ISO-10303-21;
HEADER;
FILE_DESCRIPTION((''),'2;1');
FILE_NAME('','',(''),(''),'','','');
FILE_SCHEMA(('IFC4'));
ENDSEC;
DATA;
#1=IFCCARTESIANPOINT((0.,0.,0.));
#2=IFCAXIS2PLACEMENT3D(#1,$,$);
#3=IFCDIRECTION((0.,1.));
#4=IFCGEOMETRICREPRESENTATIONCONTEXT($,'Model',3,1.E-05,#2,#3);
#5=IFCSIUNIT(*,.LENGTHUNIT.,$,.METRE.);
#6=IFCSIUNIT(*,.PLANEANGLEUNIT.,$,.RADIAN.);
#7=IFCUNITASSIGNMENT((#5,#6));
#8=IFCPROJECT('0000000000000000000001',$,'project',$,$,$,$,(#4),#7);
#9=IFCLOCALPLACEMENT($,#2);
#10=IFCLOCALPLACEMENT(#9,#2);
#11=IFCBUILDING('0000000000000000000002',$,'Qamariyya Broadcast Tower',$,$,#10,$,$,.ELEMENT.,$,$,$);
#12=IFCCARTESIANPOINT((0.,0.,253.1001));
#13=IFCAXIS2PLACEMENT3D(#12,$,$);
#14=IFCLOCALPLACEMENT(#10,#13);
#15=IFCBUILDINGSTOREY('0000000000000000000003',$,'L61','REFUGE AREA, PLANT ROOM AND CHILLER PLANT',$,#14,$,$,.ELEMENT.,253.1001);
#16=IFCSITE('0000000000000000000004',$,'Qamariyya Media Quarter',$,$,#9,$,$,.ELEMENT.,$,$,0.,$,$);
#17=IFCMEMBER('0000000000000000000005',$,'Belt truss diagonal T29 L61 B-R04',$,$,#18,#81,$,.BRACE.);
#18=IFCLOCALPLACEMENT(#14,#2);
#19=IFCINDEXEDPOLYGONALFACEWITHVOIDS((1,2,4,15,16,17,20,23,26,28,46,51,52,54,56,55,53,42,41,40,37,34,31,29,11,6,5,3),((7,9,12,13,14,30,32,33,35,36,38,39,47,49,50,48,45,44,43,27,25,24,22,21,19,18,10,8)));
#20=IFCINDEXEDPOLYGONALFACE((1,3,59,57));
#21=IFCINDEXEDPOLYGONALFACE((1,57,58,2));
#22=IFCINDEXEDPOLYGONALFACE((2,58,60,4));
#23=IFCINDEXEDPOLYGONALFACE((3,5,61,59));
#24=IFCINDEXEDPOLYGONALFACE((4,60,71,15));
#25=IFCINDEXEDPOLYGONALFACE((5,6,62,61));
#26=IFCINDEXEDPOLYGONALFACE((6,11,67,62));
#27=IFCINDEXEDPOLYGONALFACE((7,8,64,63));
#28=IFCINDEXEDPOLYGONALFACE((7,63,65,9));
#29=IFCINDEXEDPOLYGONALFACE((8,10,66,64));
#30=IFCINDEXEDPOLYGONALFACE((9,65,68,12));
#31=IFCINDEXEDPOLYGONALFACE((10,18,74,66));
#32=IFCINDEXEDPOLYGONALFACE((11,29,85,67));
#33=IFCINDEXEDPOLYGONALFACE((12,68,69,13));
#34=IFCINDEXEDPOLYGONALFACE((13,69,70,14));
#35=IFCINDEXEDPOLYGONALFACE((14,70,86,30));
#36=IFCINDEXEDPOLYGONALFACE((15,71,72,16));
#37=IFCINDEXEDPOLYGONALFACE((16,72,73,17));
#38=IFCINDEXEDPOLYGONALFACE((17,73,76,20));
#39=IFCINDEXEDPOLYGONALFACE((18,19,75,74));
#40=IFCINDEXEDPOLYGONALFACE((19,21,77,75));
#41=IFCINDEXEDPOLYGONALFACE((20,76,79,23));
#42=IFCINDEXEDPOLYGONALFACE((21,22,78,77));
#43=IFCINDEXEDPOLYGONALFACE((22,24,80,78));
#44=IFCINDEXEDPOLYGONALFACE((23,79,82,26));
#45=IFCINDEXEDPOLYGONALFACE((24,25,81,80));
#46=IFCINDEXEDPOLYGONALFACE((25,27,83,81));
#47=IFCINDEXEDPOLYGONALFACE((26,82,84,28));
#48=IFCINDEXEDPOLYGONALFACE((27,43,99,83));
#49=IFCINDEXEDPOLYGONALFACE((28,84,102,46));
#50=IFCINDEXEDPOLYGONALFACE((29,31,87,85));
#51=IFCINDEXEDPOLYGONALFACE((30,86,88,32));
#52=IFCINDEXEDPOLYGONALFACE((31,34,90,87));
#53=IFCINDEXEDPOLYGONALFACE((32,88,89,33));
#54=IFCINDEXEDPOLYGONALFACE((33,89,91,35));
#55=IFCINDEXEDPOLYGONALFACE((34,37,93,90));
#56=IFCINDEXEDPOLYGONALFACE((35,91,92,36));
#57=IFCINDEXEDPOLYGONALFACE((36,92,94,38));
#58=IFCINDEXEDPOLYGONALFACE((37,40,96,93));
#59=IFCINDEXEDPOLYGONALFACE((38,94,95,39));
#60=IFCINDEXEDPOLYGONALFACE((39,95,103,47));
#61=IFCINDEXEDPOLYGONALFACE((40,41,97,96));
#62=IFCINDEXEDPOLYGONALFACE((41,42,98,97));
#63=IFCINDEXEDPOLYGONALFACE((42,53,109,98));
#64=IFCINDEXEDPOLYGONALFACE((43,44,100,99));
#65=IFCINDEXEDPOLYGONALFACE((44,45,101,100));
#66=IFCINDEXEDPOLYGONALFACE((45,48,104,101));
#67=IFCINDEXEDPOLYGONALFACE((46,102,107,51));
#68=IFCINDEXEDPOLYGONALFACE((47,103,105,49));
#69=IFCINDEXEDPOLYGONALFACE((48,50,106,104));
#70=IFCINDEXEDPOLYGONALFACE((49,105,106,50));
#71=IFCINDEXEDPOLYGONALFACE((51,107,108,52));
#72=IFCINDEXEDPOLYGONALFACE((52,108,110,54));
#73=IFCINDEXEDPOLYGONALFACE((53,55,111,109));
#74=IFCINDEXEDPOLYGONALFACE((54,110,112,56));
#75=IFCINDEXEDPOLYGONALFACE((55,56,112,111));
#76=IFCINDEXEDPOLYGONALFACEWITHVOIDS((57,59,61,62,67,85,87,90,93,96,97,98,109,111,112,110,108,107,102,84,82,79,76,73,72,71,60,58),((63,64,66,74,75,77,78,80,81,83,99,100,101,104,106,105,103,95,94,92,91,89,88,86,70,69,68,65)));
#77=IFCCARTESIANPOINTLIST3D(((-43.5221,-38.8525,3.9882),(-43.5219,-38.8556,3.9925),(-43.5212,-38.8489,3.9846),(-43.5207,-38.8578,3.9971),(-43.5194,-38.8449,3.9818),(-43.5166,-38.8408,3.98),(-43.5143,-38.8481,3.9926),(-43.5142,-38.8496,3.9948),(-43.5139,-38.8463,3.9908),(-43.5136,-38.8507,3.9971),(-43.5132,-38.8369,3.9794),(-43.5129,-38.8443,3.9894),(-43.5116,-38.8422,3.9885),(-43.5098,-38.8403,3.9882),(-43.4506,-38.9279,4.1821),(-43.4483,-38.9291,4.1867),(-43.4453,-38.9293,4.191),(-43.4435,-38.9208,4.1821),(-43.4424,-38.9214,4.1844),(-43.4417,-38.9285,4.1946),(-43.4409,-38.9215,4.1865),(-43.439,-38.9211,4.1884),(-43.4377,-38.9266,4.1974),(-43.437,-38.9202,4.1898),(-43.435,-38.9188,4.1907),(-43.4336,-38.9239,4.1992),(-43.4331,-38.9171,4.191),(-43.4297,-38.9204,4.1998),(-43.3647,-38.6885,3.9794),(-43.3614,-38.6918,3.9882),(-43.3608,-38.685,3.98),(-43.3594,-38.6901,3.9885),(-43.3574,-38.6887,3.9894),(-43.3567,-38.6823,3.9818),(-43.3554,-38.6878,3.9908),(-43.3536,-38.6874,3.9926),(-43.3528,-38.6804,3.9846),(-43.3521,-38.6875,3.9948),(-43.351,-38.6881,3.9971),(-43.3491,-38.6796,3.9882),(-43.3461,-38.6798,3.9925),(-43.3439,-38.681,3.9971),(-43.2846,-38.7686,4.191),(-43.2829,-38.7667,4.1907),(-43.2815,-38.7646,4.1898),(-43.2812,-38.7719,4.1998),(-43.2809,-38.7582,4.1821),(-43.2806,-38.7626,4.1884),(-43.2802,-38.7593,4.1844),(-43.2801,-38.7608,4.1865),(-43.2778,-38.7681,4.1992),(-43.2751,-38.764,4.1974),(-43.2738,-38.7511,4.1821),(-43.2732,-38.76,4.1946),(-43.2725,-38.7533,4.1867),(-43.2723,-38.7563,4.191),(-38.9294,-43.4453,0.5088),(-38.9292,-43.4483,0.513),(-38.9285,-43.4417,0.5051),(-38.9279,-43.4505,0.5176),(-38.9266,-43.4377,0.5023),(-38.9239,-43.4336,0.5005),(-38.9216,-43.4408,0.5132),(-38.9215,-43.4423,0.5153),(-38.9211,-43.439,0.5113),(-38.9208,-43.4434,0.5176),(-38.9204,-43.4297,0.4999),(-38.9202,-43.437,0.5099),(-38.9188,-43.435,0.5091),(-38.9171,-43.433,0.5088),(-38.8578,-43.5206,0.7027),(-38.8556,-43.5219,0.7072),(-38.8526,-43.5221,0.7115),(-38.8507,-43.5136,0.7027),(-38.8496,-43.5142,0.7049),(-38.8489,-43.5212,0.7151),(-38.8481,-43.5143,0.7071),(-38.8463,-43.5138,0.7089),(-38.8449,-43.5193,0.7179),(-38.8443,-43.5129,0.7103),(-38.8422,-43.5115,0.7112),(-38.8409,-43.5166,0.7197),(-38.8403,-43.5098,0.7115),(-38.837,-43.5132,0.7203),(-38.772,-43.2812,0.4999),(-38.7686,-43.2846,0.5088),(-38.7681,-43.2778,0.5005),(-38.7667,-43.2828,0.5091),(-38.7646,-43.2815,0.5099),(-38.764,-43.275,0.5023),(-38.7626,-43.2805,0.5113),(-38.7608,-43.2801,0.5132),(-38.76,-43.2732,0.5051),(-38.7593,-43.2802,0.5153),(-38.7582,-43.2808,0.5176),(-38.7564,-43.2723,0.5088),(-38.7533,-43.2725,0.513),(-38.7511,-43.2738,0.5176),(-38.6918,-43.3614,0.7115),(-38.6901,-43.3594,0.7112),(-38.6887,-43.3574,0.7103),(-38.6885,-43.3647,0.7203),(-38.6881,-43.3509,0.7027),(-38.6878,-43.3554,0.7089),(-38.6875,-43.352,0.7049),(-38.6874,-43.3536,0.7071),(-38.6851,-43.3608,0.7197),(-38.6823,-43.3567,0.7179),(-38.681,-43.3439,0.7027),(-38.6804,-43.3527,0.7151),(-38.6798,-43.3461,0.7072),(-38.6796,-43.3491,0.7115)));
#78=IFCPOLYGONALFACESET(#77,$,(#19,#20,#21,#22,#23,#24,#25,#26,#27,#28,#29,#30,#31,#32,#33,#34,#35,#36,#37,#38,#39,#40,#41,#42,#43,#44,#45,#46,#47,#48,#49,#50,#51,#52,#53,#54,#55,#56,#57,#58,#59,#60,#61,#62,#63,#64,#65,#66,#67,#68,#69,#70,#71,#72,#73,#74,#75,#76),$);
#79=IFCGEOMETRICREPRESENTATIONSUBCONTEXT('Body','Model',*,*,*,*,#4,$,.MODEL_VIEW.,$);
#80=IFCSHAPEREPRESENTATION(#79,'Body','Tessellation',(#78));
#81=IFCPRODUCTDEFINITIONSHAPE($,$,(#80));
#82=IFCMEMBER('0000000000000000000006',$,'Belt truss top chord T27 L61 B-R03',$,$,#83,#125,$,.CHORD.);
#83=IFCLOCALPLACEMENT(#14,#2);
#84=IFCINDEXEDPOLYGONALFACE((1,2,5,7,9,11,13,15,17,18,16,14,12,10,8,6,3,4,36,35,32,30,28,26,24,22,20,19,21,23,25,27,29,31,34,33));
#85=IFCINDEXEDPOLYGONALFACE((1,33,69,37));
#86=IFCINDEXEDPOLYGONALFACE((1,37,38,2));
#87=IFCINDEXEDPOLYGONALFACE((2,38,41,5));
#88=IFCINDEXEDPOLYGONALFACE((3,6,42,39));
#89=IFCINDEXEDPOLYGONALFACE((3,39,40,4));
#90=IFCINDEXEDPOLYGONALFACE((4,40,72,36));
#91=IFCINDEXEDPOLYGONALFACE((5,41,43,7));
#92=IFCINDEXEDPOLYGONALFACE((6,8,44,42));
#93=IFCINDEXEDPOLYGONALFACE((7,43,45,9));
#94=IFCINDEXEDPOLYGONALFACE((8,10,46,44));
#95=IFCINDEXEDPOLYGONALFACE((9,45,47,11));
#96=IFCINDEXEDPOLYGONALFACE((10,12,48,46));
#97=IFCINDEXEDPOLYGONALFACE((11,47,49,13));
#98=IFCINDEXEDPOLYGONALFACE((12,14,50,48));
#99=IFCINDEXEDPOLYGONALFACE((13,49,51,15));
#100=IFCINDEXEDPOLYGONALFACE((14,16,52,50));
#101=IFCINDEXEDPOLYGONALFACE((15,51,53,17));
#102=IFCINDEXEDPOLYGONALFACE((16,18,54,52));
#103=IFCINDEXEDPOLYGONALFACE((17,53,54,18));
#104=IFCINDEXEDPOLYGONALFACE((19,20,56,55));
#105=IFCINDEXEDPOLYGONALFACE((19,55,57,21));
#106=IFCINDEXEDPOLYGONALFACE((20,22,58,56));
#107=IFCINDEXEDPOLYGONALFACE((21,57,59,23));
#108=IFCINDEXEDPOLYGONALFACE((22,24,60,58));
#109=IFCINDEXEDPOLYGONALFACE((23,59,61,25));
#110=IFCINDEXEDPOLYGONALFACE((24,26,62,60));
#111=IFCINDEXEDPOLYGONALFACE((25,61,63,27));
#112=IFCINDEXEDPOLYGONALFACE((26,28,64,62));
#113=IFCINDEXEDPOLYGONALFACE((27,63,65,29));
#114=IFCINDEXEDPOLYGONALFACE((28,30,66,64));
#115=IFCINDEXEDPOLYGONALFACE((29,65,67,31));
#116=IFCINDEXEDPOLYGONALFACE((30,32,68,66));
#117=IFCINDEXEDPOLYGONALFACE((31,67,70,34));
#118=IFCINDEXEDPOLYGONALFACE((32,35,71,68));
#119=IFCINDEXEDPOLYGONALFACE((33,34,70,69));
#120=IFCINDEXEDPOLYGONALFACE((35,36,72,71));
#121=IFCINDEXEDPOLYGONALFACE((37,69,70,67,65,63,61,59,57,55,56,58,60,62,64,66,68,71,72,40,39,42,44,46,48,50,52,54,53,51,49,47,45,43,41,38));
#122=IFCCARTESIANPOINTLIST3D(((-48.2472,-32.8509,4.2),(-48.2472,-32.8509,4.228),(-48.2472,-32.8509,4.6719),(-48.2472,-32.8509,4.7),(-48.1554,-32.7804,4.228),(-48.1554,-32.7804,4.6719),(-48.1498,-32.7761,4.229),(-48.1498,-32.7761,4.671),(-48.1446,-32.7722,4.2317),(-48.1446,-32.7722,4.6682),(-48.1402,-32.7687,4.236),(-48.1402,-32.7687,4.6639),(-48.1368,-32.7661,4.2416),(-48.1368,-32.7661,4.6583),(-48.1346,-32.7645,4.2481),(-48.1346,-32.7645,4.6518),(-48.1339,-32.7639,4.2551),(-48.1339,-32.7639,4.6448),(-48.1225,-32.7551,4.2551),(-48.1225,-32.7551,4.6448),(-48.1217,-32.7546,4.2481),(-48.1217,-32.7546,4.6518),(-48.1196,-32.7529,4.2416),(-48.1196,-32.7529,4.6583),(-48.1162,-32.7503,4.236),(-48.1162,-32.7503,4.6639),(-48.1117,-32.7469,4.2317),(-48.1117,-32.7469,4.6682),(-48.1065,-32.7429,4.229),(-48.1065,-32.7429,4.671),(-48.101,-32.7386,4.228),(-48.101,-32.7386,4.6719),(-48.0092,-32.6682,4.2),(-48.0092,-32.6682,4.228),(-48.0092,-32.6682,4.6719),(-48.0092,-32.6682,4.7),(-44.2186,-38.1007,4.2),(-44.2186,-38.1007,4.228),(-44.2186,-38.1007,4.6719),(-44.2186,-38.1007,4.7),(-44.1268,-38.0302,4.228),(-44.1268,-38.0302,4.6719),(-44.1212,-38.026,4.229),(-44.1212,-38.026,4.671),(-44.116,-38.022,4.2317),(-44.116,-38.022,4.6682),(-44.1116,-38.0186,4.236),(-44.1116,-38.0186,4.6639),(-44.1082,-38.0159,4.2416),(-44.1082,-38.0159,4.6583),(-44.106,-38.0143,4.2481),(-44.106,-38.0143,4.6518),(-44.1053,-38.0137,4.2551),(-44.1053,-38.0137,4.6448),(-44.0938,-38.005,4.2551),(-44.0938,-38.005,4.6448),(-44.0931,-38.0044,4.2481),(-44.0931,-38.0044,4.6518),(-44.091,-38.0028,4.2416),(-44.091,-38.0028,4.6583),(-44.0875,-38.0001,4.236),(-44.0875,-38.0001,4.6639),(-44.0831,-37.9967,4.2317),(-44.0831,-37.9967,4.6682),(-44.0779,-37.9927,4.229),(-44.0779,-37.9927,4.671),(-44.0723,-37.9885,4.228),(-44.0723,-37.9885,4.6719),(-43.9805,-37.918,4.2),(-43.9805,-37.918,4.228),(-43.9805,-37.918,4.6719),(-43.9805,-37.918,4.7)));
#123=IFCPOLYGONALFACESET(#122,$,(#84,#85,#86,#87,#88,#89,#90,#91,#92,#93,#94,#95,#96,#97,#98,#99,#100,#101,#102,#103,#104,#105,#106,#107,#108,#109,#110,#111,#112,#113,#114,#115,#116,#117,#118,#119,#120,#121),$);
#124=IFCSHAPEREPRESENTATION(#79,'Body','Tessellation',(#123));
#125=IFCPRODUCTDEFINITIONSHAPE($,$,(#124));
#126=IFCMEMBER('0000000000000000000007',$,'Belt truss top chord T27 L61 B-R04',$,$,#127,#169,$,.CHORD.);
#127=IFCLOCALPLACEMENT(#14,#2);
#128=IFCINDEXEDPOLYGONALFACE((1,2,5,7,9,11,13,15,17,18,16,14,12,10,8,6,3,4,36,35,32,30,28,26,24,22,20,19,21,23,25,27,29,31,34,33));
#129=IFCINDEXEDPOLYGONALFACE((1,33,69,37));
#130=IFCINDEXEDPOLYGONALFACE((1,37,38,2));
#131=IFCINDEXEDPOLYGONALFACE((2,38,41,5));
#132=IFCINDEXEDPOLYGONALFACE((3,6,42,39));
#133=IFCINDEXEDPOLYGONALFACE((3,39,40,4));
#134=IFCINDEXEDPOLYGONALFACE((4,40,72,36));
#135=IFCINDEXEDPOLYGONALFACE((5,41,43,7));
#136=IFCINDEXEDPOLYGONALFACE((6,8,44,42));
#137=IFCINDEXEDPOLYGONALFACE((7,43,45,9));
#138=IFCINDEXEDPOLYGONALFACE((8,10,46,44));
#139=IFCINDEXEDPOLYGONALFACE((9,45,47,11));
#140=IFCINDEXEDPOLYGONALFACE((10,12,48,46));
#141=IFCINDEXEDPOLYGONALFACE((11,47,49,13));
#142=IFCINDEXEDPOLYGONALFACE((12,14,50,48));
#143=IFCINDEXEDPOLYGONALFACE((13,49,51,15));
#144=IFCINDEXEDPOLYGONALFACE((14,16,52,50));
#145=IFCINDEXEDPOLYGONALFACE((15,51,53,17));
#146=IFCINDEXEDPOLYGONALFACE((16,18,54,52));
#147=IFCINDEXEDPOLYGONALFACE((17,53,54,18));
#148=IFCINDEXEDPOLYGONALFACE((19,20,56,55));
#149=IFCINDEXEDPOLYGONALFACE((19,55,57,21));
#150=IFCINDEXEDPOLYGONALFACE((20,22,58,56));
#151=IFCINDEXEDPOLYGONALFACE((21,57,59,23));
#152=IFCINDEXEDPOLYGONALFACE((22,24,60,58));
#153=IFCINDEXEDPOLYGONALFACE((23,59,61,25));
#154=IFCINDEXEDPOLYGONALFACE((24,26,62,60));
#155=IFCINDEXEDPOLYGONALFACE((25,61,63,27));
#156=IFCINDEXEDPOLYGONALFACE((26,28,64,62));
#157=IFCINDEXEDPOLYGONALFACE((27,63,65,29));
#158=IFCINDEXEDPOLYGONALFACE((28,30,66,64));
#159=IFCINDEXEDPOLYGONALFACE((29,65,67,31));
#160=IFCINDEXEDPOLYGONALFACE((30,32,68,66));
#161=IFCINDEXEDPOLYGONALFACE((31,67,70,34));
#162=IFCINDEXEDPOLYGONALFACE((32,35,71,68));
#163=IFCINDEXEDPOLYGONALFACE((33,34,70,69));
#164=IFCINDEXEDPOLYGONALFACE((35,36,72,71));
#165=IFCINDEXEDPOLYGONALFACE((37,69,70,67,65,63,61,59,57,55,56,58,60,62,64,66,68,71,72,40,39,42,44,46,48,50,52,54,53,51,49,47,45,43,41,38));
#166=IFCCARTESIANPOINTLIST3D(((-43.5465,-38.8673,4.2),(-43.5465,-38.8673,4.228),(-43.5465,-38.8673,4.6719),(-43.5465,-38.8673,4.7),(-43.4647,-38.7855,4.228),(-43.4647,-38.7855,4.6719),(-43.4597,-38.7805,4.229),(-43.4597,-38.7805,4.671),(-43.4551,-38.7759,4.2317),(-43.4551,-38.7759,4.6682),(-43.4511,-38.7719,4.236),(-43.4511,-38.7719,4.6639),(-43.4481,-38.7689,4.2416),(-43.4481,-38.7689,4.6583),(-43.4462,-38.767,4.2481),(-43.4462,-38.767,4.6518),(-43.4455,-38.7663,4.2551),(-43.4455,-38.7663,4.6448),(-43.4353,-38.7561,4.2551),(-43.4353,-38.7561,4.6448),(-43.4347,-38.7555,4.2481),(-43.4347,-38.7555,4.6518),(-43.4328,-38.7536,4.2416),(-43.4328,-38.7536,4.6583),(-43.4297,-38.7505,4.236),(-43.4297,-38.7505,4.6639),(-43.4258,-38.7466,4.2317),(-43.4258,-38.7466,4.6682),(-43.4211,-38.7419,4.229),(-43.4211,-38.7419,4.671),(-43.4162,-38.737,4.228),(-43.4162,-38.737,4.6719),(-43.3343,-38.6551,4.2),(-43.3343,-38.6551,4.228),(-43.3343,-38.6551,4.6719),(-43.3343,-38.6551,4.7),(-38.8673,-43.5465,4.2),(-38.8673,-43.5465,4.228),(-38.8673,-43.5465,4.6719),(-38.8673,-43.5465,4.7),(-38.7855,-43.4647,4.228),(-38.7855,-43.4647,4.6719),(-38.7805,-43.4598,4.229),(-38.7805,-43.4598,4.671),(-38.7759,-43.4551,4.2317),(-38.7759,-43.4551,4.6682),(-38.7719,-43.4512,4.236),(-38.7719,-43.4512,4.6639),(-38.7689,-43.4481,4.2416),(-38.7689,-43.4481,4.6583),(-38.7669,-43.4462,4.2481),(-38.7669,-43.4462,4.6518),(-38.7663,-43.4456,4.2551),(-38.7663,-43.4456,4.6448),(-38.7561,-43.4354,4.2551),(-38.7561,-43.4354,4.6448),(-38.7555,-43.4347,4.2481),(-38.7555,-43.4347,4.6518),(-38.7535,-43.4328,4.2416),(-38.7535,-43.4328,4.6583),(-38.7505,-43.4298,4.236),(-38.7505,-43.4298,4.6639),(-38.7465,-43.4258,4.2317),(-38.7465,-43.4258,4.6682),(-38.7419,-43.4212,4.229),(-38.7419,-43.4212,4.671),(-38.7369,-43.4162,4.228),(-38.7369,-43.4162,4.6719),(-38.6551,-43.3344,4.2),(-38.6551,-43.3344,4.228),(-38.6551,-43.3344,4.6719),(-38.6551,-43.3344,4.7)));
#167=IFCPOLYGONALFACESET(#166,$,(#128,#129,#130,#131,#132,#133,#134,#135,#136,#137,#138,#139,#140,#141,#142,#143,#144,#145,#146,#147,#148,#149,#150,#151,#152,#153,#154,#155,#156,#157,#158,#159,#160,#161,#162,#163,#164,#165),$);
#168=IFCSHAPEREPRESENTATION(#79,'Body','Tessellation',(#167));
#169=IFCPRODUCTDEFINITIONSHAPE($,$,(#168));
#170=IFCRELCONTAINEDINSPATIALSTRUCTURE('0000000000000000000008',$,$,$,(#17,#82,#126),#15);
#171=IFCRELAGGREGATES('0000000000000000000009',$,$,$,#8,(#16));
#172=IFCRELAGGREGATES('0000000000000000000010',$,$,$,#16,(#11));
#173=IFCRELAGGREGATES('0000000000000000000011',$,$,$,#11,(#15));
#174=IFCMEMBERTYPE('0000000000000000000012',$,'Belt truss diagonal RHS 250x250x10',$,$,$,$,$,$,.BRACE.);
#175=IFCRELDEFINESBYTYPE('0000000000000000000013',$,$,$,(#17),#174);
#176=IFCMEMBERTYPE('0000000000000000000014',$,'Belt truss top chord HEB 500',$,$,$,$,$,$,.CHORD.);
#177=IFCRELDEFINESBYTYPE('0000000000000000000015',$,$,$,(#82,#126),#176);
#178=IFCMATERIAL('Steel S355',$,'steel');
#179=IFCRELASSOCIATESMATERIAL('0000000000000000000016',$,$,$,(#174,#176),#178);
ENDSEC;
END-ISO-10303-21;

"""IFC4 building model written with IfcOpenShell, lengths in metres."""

from ifc_helpers import new_model, si_unit, direction, frame, origin, origin_2d, place, context, subcontext, project, spatial, hollow_rectangle, i_section, extrude, material, material_profile, profile_set, type_object, element, save


model = new_model("IFC4")

# Units and contexts
model_context = context("Model", 3, precision=1e-05, world=origin(), true_north=direction((0.0, 1.0)))
body_context = subcontext(model_context, "Body", "Model", "MODEL_VIEW")
ifc_project = project(units=[si_unit("LENGTHUNIT", "METRE"), si_unit("PLANEANGLEUNIT", "RADIAN")], contexts=[model_context])

# Site, building, storey
site_placement = place(None, origin())
site = spatial("IfcSite", under=ifc_project, at=site_placement, Name="Qamariyya Media Quarter", CompositionType="ELEMENT", RefElevation=0.0)
building_placement = place(site_placement, origin())
building = spatial("IfcBuilding", under=site, at=building_placement, Name="Qamariyya Broadcast Tower", CompositionType="ELEMENT")
storey_placement = place(building_placement, frame((0.0, 0.0, 253.1001)))
storey = spatial("IfcBuildingStorey", under=building, at=storey_placement, Name="L61", Description="REFUGE AREA, PLANT ROOM AND CHILLER PLANT", CompositionType="ELEMENT", Elevation=253.1001)

# Members
ifc_material_1 = material(Name="Steel S355", Category="steel")
ifc_material_profile_1 = material_profile(ifc_material_1, hollow_rectangle(XDim=0.25, YDim=0.25, WallThickness=0.01, InnerFilletRadius=0.01, OuterFilletRadius=0.02, at=origin_2d()))
ifc_profile_set_1 = profile_set([ifc_material_profile_1], Name="Steel S355")
member_type_1 = type_object("IfcMemberType", Name="Belt truss diagonal RHS 250x250x10", PredefinedType="BRACE", material=ifc_profile_set_1)
for number, where, z_axis, x_axis, name in (
    (1, (-43.3972, -38.8044, 4.0896), (0.623303, -0.623303, -0.472215), (0.707107, 0.707107, 0.0), "Belt truss diagonal T29 L61 B-R04"),
):
    element("IfcMember", number, at=place(storey_placement, frame(where, z_axis=z_axis, x_axis=x_axis)), inside=storey, type_object=member_type_1, Name=name, PredefinedType="BRACE", context=body_context, shape_type="SweptSolid", body=[
        extrude(hollow_rectangle(XDim=0.25, YDim=0.25, WallThickness=0.01, InnerFilletRadius=0.01, OuterFilletRadius=0.02, at=origin_2d()), origin(), (0.0, 0.0, 1.0), 7.3684),
    ])
ifc_material_profile_2 = material_profile(ifc_material_1, i_section(OverallWidth=0.3, OverallDepth=0.5, WebThickness=0.0144, FlangeThickness=0.0281, FilletRadius=0.0271, at=origin_2d()))
ifc_profile_set_2 = profile_set([ifc_material_profile_2], Name="Steel S355")
member_type_2 = type_object("IfcMemberType", Name="Belt truss top chord HEB 500", PredefinedType="CHORD", material=ifc_profile_set_2)
for number, where, z_axis, x_axis, name in (
    (2, (-48.1282, -32.7595, 4.45), (0.608789, -0.793333, 0.0), (0.793333, 0.608789, 0.0), "Belt truss top chord T27 L61 B-R03"),
    (3, (-43.4404, -38.7612, 4.45), (0.707107, -0.707107, 0.0), (0.707107, 0.707107, 0.0), "Belt truss top chord T27 L61 B-R04"),
):
    element("IfcMember", number, at=place(storey_placement, frame(where, z_axis=z_axis, x_axis=x_axis)), inside=storey, type_object=member_type_2, Name=name, PredefinedType="CHORD", context=body_context, shape_type="SweptSolid", body=[
        extrude(i_section(OverallWidth=0.3, OverallDepth=0.5, WebThickness=0.0144, FlangeThickness=0.0281, FilletRadius=0.0271, at=origin_2d()), origin(), (0.0, 0.0, 1.0), 6.6174),
    ])

save(model, "model.ifc")
